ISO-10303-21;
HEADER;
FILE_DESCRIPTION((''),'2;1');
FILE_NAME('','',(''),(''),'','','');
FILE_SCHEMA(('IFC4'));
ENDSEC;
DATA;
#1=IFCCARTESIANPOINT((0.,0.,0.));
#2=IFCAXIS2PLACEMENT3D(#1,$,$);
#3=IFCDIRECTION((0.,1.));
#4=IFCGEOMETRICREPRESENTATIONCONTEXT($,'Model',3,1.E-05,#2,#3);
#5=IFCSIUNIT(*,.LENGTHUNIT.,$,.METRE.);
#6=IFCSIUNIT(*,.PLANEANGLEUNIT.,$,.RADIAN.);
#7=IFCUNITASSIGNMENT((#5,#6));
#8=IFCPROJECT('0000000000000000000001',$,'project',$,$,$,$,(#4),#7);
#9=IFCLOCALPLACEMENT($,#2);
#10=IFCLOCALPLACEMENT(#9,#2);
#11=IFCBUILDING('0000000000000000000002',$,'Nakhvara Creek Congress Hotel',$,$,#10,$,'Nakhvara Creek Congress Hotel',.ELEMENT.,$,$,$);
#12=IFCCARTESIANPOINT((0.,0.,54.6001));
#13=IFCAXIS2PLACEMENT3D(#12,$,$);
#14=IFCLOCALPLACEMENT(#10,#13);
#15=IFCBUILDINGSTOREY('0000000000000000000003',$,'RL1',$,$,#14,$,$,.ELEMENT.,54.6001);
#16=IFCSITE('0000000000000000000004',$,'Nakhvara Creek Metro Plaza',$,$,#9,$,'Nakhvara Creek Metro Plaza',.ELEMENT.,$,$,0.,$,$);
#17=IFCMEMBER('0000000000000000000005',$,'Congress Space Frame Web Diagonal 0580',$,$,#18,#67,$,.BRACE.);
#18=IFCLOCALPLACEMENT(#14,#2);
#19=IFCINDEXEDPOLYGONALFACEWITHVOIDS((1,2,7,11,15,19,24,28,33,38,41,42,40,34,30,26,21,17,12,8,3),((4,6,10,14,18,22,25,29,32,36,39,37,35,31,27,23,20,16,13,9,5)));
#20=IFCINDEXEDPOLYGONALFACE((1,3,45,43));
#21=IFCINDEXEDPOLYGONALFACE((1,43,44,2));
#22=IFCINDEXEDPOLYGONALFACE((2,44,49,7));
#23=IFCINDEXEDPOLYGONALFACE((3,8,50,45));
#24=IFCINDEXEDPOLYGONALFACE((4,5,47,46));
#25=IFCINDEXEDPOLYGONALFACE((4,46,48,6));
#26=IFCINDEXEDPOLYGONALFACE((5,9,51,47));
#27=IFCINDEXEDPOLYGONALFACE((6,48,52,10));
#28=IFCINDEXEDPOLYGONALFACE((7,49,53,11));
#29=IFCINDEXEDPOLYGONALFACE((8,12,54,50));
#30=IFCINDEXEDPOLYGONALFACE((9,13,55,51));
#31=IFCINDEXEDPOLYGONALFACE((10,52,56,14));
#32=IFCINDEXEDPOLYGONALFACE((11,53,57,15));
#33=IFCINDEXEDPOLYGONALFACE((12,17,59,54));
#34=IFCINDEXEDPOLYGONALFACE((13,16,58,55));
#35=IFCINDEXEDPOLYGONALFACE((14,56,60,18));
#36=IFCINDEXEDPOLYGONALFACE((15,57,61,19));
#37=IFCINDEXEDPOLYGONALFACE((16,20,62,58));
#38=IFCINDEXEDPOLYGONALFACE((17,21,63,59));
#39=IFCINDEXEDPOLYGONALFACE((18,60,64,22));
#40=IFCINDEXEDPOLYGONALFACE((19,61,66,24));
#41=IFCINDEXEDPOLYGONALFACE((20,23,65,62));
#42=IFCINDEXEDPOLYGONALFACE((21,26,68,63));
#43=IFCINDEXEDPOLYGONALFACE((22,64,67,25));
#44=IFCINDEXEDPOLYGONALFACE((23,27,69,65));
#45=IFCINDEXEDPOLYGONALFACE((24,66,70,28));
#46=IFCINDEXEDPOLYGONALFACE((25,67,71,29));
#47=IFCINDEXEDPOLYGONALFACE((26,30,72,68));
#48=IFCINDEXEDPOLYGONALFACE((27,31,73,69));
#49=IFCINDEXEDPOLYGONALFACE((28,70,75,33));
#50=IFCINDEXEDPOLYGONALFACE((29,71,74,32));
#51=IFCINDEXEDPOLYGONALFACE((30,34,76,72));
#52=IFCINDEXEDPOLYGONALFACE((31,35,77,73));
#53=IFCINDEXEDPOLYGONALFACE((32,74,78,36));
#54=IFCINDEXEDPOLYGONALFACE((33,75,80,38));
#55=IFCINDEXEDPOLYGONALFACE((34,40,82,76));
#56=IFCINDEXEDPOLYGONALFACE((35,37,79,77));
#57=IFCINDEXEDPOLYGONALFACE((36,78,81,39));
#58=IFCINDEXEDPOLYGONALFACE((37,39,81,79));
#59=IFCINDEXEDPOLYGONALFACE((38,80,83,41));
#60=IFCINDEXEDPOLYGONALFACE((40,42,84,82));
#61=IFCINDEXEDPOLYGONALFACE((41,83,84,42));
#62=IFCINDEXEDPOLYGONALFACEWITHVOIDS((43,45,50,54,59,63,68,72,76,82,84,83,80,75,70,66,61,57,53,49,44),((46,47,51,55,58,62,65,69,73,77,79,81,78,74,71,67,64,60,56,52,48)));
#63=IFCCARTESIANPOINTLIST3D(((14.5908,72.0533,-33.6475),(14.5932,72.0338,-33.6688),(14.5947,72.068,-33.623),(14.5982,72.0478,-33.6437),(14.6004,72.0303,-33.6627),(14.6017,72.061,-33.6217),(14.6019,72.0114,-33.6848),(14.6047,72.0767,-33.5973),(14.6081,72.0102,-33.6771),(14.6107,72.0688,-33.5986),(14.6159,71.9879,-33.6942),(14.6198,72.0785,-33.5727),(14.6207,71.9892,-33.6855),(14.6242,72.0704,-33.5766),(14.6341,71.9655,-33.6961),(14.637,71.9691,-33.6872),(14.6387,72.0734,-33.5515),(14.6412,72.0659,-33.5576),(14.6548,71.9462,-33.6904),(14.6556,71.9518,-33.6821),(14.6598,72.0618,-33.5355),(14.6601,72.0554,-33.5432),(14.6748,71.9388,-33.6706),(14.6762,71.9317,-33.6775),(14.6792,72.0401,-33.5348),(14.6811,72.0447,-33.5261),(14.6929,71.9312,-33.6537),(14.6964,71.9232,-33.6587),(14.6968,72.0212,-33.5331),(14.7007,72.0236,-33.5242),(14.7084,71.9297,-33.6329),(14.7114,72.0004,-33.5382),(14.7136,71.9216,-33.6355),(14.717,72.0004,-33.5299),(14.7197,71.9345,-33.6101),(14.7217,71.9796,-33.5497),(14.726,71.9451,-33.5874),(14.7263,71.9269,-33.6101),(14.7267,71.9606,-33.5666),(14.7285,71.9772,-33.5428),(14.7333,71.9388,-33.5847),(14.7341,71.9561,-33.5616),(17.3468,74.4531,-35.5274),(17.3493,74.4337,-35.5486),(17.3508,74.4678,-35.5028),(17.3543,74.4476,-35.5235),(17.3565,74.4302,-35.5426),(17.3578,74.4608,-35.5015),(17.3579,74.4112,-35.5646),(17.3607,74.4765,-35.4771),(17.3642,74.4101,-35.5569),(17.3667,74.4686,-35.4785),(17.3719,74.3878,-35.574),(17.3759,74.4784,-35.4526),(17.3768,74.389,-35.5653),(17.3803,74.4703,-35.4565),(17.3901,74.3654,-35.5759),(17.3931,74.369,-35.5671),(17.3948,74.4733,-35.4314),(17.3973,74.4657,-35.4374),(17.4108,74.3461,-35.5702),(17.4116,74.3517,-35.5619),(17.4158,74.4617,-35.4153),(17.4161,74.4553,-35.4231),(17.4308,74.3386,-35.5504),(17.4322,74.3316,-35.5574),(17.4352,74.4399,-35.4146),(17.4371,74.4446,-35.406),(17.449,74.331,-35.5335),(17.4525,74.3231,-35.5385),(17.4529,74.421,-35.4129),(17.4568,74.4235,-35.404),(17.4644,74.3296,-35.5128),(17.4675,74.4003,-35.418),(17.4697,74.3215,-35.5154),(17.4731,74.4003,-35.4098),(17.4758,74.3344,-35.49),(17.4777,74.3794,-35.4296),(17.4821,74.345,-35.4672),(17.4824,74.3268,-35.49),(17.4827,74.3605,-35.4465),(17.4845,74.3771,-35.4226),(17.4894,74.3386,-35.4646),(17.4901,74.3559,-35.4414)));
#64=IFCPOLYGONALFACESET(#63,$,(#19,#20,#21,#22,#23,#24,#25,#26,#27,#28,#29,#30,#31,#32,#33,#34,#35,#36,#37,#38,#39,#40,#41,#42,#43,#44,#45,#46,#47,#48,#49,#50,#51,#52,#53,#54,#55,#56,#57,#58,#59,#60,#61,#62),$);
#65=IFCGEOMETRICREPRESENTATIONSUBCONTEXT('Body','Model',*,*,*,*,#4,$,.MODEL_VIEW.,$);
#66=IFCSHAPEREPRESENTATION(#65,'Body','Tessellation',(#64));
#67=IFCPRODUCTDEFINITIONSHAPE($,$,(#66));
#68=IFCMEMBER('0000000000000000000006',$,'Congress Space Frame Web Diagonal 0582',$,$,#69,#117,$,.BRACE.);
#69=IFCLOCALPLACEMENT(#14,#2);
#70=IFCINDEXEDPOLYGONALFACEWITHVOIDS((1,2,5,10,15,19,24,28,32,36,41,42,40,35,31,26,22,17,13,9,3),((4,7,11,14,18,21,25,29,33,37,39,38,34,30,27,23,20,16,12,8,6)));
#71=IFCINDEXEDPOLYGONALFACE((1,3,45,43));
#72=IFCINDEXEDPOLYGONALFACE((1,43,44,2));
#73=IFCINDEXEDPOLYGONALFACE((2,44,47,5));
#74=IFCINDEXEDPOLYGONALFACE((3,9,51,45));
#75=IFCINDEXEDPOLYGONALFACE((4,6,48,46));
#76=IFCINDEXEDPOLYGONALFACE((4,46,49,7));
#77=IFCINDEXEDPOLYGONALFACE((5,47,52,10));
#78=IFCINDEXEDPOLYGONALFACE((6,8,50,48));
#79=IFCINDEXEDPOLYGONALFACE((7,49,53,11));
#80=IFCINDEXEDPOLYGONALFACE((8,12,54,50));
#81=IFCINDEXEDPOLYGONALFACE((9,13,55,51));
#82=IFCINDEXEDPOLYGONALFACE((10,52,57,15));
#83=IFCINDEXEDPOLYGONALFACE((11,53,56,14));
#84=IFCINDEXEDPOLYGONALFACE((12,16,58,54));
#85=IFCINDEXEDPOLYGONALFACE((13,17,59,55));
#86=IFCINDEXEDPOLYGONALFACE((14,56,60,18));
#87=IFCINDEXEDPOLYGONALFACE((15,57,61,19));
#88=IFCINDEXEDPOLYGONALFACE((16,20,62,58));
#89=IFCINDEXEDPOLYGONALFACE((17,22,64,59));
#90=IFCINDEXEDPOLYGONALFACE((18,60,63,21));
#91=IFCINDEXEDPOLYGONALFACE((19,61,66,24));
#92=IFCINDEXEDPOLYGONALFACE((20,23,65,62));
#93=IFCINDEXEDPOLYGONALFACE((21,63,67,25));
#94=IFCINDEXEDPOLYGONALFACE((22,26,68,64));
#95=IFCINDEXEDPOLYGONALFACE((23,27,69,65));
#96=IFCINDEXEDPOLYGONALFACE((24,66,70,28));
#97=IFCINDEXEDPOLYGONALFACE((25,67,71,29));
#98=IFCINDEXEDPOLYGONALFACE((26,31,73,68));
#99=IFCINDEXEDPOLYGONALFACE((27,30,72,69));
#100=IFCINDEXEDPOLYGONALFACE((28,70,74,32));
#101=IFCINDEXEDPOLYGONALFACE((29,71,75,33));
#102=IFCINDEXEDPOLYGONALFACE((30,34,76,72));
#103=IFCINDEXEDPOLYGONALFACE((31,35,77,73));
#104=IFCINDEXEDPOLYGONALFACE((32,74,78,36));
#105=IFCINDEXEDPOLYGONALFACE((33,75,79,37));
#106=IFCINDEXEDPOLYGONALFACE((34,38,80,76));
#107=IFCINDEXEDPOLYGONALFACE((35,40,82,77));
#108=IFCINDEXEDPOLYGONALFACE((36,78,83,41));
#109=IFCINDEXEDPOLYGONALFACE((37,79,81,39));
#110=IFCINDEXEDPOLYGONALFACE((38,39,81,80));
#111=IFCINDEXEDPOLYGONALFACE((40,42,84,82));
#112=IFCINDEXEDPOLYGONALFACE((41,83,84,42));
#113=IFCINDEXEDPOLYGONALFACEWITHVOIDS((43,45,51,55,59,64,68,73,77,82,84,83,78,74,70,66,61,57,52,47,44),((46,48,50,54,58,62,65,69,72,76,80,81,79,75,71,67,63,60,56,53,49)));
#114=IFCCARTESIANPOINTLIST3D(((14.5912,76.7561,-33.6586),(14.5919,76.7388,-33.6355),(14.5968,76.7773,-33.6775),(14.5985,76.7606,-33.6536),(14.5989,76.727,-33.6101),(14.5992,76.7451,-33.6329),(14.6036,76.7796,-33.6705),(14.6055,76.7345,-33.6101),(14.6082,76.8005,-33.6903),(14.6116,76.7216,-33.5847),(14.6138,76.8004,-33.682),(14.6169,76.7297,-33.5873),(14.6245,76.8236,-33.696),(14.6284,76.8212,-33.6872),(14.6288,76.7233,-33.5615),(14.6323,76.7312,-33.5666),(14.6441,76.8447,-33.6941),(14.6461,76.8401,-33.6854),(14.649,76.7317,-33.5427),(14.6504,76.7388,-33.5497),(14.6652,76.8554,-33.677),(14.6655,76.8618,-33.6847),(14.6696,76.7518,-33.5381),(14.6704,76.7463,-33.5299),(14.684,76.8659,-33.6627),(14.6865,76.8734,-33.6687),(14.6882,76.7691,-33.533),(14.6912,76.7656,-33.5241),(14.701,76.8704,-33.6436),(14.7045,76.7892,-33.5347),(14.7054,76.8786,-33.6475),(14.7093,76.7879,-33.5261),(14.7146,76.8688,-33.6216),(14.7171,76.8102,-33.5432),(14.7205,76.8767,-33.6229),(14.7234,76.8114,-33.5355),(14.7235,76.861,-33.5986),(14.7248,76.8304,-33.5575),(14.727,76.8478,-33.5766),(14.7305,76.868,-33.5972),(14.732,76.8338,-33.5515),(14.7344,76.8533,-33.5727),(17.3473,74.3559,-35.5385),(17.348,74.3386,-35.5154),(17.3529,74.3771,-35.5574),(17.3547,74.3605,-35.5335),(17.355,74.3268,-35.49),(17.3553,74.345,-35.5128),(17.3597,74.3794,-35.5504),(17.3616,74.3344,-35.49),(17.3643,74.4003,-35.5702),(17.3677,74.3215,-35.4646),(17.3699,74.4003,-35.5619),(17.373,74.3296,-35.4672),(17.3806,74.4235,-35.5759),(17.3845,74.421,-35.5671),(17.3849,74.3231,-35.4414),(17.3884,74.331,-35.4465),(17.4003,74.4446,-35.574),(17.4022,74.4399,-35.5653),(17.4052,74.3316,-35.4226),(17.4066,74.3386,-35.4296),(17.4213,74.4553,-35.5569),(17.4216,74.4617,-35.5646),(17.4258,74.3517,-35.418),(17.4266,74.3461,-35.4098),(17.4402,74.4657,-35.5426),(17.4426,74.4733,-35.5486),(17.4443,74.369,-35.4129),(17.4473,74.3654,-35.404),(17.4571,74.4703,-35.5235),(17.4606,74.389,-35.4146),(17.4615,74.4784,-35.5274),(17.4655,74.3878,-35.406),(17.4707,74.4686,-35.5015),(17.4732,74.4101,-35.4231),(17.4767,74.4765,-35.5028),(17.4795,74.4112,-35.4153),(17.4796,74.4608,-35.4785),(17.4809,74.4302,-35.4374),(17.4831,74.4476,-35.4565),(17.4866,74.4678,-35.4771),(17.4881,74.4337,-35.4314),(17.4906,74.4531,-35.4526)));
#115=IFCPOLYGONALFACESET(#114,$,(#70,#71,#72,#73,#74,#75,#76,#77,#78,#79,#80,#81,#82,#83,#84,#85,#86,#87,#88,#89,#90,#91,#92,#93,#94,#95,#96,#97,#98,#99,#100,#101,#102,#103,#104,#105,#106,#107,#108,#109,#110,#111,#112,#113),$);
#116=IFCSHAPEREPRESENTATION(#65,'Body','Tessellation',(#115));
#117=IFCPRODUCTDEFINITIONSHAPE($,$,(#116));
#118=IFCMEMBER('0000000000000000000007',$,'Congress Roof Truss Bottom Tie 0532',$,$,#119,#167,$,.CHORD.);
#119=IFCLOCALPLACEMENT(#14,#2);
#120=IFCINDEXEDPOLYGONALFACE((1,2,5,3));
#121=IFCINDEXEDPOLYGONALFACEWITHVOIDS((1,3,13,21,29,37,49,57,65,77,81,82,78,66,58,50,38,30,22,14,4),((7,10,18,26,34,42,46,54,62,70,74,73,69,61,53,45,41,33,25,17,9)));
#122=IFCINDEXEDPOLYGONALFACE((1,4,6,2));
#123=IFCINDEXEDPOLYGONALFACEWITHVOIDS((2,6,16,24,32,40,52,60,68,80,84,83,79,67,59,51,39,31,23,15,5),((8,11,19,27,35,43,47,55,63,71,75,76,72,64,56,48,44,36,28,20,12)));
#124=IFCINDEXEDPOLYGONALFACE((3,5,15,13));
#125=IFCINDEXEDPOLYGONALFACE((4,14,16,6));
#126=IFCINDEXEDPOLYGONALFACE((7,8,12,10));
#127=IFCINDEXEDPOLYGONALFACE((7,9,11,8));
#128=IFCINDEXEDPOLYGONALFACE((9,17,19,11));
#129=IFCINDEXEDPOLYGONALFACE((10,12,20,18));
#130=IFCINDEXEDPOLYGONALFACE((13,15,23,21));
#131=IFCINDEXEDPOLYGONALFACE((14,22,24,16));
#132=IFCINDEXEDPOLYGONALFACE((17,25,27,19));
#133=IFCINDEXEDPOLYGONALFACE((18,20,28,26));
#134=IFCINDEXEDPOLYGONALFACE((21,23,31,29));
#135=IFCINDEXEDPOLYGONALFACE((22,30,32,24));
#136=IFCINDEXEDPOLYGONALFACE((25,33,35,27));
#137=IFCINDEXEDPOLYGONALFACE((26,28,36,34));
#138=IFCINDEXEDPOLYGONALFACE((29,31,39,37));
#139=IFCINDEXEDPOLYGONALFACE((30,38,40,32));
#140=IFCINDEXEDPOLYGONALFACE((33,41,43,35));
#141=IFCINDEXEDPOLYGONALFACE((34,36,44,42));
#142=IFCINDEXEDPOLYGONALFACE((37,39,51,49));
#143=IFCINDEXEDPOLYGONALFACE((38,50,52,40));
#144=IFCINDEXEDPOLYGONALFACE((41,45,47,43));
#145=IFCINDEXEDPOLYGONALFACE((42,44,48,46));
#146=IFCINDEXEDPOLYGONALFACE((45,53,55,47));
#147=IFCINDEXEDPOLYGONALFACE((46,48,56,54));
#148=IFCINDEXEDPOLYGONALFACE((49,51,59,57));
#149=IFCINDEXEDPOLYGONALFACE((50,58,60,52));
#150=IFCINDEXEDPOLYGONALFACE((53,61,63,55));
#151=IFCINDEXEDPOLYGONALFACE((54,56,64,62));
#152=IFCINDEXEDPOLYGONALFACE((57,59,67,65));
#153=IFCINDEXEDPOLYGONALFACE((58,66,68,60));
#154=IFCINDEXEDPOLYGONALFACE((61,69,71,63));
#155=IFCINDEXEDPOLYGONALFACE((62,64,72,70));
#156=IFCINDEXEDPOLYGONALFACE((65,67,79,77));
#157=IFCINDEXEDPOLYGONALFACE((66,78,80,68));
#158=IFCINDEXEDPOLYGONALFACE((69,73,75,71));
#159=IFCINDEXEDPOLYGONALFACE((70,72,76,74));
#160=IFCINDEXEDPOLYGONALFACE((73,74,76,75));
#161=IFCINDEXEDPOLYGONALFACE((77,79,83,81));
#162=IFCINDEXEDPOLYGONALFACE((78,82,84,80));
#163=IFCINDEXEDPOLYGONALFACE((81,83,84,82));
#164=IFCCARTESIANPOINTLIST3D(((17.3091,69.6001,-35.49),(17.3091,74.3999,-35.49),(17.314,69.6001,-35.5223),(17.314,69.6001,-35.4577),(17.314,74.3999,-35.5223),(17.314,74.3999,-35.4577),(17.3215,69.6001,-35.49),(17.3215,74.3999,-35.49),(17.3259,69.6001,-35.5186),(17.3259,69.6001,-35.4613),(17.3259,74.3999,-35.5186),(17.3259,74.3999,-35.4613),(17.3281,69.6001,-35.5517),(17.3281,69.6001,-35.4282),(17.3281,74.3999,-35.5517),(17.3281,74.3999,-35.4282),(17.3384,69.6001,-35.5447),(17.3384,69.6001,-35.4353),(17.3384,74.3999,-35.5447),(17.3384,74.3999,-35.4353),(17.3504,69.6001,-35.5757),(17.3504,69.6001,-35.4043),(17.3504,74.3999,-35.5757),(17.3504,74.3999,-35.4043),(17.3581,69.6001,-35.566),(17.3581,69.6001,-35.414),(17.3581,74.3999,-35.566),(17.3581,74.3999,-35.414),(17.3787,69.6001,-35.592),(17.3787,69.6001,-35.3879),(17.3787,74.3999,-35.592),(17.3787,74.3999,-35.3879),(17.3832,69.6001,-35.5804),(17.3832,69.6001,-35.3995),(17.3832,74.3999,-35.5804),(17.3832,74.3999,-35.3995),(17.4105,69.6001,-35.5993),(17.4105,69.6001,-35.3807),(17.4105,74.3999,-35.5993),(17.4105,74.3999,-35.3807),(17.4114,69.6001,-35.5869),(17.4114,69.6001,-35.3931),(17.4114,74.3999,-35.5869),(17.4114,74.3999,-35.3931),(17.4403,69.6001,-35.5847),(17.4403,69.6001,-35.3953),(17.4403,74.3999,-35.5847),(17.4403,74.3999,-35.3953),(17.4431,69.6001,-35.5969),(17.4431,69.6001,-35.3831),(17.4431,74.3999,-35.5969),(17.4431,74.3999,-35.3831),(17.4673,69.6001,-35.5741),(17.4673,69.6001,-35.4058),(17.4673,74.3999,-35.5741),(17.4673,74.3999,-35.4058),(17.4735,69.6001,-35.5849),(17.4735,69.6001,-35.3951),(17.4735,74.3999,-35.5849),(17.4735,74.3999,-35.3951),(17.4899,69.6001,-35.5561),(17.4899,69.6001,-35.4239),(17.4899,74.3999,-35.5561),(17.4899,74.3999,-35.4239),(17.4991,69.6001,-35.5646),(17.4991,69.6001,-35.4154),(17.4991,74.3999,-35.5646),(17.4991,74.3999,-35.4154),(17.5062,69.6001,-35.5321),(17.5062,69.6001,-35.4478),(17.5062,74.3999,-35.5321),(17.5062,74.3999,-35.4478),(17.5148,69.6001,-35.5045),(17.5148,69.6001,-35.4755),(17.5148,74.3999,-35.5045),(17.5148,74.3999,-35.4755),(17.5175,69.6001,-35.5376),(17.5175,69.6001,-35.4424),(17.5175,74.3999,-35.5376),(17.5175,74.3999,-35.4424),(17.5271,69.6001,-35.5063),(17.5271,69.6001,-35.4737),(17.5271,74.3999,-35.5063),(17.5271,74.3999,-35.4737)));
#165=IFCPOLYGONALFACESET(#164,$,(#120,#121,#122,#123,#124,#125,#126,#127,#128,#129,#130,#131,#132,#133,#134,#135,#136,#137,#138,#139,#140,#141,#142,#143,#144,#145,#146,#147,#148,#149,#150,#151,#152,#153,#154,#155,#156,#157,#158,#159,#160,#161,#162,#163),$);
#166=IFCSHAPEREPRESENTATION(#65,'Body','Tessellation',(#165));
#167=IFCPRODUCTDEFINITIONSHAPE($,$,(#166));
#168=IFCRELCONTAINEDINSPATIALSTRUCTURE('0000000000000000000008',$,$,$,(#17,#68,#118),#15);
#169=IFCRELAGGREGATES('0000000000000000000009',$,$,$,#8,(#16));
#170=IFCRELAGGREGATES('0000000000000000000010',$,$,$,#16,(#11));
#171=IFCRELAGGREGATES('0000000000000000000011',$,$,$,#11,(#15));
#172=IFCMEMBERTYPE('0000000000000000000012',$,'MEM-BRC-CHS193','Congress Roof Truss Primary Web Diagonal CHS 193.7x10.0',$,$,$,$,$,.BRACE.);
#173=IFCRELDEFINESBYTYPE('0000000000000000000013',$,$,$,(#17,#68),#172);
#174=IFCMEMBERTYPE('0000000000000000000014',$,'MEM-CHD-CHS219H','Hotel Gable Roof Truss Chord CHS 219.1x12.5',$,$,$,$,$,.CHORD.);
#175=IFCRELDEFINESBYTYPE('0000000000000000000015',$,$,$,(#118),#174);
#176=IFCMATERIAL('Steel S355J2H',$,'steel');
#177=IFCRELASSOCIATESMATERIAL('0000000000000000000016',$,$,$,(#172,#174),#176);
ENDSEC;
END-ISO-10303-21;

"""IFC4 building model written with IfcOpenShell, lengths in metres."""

from ifc_helpers import new_model, si_unit, direction, frame, origin, origin_2d, place, context, subcontext, project, spatial, hollow_circle, extrude, material, material_profile, profile_set, type_object, element, save


model = new_model("IFC4")

# Units and contexts
model_context = context("Model", 3, precision=1e-05, world=origin(), true_north=direction((0.0, 1.0)))
body_context = subcontext(model_context, "Body", "Model", "MODEL_VIEW")
ifc_project = project(units=[si_unit("LENGTHUNIT", "METRE"), si_unit("PLANEANGLEUNIT", "RADIAN")], contexts=[model_context])

# Site, building, storey
site_placement = place(None, origin())
site = spatial("IfcSite", under=ifc_project, at=site_placement, Name="Nakhvara Creek Metro Plaza", LongName="Nakhvara Creek Metro Plaza", CompositionType="ELEMENT", RefElevation=0.0)
building_placement = place(site_placement, origin())
building = spatial("IfcBuilding", under=site, at=building_placement, Name="Nakhvara Creek Congress Hotel", LongName="Nakhvara Creek Congress Hotel", CompositionType="ELEMENT")
storey_placement = place(building_placement, frame((0.0, 0.0, 54.6001)))
storey = spatial("IfcBuildingStorey", under=building, at=storey_placement, Name="RL1", CompositionType="ELEMENT", Elevation=54.6001)

# Members
ifc_material_1 = material(Name="Steel S355J2H", Category="steel")
ifc_material_profile_1 = material_profile(ifc_material_1, hollow_circle(Radius=0.0969, WallThickness=0.01, at=origin_2d()), Name="CHS 193.7x10.0", Category="LoadBearing")
ifc_profile_set_1 = profile_set([ifc_material_profile_1], Name="Steel S355J2H")
member_type_1 = type_object("IfcMemberType", Name="MEM-BRC-CHS193", Description="Congress Roof Truss Primary Web Diagonal CHS 193.7x10.0", PredefinedType="BRACE", material=ifc_profile_set_1)
for number, where, z_axis, x_axis, name in (
    (1, (17.4187, 74.3999, -35.49), (-0.670634, -0.583961, 0.457426), (0.656691, -0.75416, 0.0), "Congress Space Frame Web Diagonal 0580"),
):
    element("IfcMember", number, at=place(storey_placement, frame(where, z_axis=z_axis, x_axis=x_axis)), inside=storey, type_object=member_type_1, Name=name, PredefinedType="BRACE", context=body_context, shape_type="SweptSolid", body=[
        extrude(hollow_circle(Radius=0.0969, WallThickness=0.01, at=origin_2d()), origin(), (0.0, 0.0, 1.0), 4.1096),
    ])
member_1_placement = place(storey_placement, frame((17.4187, 74.3999, -35.49), z_axis=(-0.670611, 0.584, 0.45741), x_axis=(-0.656729, -0.754126, 0.0)))
element("IfcMember", 2, at=member_1_placement, inside=storey, type_object=member_type_1, Name="Congress Space Frame Web Diagonal 0582", PredefinedType="BRACE", context=body_context, shape_type="SweptSolid", body=[
    extrude(hollow_circle(Radius=0.0969, WallThickness=0.01, at=origin_2d()), origin(), (0.0, 0.0, 1.0), 4.1099),
])
ifc_material_profile_2 = material_profile(ifc_material_1, hollow_circle(Radius=0.1096, WallThickness=0.0125, at=origin_2d()), Name="CHS 219.1x12.5", Category="LoadBearing")
ifc_profile_set_2 = profile_set([ifc_material_profile_2], Name="Steel S355J2H")
member_type_2 = type_object("IfcMemberType", Name="MEM-CHD-CHS219H", Description="Hotel Gable Roof Truss Chord CHS 219.1x12.5", PredefinedType="CHORD", material=ifc_profile_set_2)
member_2_placement = place(storey_placement, frame((17.4187, 69.6001, -35.49), z_axis=(0.0, 1.0, 0.0), x_axis=(-1.0, 0.0, 0.0)))
element("IfcMember", 3, at=member_2_placement, inside=storey, type_object=member_type_2, Name="Congress Roof Truss Bottom Tie 0532", PredefinedType="CHORD", context=body_context, shape_type="SweptSolid", body=[
    extrude(hollow_circle(Radius=0.1096, WallThickness=0.0125, at=origin_2d()), origin(), (0.0, 0.0, 1.0), 4.7998),
])

save(model, "model.ifc")
